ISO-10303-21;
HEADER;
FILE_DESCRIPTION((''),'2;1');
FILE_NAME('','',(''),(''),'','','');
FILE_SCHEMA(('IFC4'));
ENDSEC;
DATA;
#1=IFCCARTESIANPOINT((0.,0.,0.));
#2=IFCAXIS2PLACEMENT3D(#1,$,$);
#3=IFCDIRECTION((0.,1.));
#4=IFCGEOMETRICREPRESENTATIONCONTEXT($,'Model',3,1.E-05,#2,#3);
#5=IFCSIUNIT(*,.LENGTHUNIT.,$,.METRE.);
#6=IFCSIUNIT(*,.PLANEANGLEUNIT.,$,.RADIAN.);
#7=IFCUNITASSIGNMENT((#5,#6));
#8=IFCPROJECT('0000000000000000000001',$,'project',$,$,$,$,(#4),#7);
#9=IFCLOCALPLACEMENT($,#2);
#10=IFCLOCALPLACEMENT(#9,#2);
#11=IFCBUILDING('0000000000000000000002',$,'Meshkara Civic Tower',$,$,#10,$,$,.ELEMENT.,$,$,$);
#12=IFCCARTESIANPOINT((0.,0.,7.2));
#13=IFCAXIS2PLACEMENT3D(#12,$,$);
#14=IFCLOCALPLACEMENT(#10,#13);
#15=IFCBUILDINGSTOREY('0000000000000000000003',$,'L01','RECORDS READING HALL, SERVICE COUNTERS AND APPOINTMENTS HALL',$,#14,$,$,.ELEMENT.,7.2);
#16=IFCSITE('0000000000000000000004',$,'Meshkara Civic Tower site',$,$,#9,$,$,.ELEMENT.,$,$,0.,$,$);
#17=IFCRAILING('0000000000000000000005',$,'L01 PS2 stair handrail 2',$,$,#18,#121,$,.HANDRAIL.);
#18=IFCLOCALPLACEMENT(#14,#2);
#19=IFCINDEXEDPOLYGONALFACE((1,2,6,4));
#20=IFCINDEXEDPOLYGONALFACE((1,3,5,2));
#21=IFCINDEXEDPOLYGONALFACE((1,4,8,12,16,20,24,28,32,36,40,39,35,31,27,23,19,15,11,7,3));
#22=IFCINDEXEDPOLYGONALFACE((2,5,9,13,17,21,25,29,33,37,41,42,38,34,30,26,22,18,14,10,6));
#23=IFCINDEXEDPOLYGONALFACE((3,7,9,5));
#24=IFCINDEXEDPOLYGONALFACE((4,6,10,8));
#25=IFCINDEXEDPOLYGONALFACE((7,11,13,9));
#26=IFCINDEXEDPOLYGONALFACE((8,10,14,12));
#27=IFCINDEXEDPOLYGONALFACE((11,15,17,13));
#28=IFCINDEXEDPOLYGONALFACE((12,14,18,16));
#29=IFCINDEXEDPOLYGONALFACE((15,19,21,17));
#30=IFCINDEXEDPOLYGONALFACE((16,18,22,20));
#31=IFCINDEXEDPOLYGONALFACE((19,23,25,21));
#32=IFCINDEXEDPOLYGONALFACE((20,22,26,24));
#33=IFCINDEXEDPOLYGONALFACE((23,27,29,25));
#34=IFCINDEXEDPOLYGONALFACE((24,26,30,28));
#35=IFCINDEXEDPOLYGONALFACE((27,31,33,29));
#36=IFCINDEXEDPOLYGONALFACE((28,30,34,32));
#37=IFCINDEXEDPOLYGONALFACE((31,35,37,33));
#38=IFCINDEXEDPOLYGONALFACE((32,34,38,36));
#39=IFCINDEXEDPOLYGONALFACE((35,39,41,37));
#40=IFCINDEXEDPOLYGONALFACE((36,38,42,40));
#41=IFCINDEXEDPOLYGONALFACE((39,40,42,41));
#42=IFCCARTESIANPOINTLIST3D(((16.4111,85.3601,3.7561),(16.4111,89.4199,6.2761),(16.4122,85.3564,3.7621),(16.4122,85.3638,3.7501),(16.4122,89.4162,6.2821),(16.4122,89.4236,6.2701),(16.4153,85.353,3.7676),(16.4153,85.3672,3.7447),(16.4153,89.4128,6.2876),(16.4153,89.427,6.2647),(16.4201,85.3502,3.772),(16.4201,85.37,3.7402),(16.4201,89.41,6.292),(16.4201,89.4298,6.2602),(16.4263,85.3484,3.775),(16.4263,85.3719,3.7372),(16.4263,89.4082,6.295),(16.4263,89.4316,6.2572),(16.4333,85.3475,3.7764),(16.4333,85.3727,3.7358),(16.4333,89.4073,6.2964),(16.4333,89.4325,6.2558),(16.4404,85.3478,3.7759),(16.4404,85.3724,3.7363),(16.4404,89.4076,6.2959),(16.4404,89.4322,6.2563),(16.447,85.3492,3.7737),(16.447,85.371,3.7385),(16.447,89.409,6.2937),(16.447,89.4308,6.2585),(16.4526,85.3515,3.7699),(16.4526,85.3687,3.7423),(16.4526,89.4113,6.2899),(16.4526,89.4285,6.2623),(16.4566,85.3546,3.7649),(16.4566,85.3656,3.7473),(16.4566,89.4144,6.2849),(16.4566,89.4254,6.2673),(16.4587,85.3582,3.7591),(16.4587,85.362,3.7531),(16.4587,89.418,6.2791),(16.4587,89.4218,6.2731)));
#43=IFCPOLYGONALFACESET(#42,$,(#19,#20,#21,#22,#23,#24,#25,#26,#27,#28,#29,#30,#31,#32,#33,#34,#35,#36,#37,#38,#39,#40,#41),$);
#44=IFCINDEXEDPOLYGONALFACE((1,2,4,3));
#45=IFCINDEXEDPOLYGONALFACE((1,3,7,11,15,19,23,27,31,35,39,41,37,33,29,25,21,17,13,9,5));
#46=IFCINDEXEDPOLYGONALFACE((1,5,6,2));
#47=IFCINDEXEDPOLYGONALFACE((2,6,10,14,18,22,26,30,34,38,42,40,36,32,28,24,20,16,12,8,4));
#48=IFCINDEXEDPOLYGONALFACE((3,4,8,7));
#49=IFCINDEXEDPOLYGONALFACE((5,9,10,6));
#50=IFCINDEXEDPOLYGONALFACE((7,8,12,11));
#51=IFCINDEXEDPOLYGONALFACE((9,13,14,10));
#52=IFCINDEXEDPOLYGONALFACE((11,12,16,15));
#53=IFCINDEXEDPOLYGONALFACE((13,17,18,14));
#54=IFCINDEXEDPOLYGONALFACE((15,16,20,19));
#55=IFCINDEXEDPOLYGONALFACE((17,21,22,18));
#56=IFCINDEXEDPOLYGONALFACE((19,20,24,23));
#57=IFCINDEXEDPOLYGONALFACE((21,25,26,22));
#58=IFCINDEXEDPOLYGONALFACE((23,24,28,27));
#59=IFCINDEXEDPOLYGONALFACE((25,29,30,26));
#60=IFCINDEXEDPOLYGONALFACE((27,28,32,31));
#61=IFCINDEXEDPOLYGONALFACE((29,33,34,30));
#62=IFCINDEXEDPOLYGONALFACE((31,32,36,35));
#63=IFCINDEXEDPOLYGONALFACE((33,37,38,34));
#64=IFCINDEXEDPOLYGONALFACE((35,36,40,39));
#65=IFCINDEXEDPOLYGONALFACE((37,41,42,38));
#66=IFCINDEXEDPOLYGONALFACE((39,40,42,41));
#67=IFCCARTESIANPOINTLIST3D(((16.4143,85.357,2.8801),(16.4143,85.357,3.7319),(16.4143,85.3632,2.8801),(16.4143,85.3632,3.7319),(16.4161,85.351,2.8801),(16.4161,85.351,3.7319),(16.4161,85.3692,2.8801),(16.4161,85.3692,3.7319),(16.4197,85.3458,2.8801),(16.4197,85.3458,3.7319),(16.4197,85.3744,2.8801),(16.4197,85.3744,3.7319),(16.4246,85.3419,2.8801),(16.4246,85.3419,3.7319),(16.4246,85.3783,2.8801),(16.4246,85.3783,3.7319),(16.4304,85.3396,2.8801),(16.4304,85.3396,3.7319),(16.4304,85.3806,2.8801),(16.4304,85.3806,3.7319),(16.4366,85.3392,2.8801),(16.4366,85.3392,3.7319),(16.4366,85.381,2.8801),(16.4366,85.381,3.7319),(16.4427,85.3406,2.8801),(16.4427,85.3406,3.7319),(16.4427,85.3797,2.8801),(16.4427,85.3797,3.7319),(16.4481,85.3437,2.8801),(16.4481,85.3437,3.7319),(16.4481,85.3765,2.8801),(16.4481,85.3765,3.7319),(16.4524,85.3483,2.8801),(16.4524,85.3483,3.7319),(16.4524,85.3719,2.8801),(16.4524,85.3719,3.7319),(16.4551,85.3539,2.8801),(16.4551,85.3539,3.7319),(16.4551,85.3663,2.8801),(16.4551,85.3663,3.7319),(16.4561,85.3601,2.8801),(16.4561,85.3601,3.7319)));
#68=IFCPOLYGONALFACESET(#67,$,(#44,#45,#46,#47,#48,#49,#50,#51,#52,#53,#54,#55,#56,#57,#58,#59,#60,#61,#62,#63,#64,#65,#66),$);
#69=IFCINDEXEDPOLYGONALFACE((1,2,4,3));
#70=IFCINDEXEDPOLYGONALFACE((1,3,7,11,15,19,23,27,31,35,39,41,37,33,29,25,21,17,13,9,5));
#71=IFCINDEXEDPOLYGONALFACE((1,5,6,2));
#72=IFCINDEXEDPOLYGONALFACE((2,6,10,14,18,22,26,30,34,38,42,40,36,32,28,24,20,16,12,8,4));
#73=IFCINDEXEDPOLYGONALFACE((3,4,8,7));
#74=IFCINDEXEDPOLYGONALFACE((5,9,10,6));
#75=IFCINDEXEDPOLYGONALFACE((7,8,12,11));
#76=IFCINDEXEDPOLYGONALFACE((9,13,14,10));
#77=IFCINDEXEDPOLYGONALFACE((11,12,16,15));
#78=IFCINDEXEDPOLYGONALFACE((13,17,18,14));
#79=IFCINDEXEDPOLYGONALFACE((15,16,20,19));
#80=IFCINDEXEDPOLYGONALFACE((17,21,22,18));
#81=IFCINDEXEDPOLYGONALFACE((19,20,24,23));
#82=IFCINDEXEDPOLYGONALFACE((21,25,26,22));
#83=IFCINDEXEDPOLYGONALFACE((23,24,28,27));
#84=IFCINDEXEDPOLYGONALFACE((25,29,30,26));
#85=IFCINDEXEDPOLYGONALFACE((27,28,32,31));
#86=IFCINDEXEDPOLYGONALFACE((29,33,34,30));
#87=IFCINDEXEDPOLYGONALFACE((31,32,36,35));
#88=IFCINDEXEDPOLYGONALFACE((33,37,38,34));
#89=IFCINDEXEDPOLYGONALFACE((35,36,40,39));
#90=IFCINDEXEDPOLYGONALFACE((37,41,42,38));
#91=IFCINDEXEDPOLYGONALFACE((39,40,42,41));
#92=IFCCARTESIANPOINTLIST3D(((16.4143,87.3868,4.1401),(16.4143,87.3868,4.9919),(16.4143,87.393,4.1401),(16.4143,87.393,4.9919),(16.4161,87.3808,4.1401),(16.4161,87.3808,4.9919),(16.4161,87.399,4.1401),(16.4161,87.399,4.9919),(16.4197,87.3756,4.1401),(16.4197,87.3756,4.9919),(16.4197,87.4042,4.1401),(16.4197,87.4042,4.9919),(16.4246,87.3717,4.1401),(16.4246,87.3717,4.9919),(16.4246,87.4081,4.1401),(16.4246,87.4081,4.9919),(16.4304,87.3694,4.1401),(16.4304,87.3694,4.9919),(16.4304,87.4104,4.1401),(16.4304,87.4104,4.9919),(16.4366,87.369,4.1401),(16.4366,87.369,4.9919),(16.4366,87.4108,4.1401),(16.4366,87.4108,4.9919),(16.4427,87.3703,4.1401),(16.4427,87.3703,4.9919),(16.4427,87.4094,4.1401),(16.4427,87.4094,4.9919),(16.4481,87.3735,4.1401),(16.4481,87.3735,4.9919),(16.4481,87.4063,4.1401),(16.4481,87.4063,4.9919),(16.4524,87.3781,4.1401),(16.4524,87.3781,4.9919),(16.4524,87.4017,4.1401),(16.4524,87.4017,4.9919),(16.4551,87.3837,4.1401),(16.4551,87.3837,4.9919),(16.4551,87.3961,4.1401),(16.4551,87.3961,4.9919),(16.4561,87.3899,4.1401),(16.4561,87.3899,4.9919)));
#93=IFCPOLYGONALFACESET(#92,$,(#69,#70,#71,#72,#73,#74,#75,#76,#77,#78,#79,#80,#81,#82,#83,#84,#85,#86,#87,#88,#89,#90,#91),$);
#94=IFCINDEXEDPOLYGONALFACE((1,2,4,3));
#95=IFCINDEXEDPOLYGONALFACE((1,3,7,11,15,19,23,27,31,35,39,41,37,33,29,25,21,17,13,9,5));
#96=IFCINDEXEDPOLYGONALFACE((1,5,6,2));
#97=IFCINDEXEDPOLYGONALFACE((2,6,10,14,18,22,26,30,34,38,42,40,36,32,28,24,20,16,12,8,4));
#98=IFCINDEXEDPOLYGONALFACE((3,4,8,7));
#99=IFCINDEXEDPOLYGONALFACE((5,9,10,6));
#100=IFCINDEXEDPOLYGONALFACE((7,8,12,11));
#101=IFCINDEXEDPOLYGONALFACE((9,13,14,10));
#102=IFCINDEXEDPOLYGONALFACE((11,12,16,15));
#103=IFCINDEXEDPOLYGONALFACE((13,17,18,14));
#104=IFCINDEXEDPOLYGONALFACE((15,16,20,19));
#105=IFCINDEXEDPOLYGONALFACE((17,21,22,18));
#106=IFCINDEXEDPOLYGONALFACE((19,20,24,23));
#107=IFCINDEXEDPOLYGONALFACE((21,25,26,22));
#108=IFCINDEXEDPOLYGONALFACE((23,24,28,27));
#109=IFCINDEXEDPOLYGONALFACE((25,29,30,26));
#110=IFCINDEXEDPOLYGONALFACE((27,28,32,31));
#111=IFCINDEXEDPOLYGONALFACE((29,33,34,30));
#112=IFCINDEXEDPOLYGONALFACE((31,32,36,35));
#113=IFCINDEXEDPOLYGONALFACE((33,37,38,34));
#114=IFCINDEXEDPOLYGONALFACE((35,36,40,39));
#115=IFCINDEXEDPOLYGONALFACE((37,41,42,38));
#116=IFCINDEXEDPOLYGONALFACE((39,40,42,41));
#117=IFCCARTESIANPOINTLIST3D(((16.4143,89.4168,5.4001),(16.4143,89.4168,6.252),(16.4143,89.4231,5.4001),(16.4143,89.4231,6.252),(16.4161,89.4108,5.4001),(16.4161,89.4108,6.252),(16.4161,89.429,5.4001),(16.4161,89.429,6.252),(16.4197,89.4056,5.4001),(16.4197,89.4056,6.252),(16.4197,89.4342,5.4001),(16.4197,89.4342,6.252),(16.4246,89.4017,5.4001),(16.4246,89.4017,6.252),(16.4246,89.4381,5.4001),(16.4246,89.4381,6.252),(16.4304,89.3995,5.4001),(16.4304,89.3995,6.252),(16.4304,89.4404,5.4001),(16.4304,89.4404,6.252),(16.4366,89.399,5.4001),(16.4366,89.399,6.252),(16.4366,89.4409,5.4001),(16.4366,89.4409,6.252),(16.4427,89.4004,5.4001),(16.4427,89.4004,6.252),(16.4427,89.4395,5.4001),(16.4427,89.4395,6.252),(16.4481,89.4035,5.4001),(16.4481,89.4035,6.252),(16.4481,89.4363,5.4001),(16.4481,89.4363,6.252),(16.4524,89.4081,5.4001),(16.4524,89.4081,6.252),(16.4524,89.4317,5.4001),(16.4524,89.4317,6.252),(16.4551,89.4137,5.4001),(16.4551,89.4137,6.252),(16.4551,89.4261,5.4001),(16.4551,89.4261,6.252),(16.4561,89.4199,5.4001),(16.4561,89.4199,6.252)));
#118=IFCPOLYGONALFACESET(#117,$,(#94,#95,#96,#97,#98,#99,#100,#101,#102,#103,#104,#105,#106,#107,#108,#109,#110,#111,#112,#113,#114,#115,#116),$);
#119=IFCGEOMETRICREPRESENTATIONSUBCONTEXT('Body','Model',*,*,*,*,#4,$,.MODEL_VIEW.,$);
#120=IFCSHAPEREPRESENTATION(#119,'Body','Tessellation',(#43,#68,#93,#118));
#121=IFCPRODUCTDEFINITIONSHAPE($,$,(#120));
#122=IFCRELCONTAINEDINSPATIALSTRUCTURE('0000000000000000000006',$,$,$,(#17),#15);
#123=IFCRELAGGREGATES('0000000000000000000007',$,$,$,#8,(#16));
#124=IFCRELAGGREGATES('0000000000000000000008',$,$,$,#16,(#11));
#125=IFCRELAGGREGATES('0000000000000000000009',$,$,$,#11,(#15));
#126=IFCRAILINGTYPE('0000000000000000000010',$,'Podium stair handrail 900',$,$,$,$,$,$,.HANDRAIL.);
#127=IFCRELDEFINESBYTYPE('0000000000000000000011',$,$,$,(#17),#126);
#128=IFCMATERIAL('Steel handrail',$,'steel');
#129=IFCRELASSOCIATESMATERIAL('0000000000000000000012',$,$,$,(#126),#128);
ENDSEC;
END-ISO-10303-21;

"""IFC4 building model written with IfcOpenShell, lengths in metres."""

from ifc_helpers import new_model, si_unit, direction, frame, origin, origin_2d, place, context, subcontext, project, spatial, circle, extrude, material, type_object, element, save


model = new_model("IFC4")

# Units and contexts
model_context = context("Model", 3, precision=1e-05, world=origin(), true_north=direction((0.0, 1.0)))
body_context = subcontext(model_context, "Body", "Model", "MODEL_VIEW")
ifc_project = project(units=[si_unit("LENGTHUNIT", "METRE"), si_unit("PLANEANGLEUNIT", "RADIAN")], contexts=[model_context])

# Site, building, storey
site_placement = place(None, origin())
site = spatial("IfcSite", under=ifc_project, at=site_placement, Name="Meshkara Civic Tower site", CompositionType="ELEMENT", RefElevation=0.0)
building_placement = place(site_placement, origin())
building = spatial("IfcBuilding", under=site, at=building_placement, Name="Meshkara Civic Tower", CompositionType="ELEMENT")
storey_placement = place(building_placement, frame((0.0, 0.0, 7.2)))
storey = spatial("IfcBuildingStorey", under=building, at=storey_placement, Name="L01", Description="RECORDS READING HALL, SERVICE COUNTERS AND APPOINTMENTS HALL", CompositionType="ELEMENT", Elevation=7.2)

# Railing
ifc_material_1 = material(Name="Steel handrail", Category="steel")
railing_type_1 = type_object("IfcRailingType", Name="Podium stair handrail 900", PredefinedType="HANDRAIL", material=ifc_material_1)
railing_1_placement = place(storey_placement, frame((16.4351, 85.3601, 2.8801)))
element("IfcRailing", 1, at=railing_1_placement, inside=storey, type_object=railing_type_1, Name="L01 PS2 stair handrail 2", PredefinedType="HANDRAIL", context=body_context, shape_type="SweptSolid", body=[
    extrude(circle(Radius=0.0239, at=origin_2d()), frame((0.0, 0.0, 0.876), z_axis=(0.0, 0.849628, 0.527383), x_axis=(-1.0, 0.0, 0.0)), (0.0, 0.0, 1.0), 4.7783),
    extrude(circle(Radius=0.021, at=origin_2d()), origin(), (0.0, 0.0, 1.0), 0.8518),
    extrude(circle(Radius=0.021, at=origin_2d()), frame((0.0, 2.0298, 1.26)), (0.0, 0.0, 1.0), 0.8518),
    extrude(circle(Radius=0.021, at=origin_2d()), frame((0.0, 4.0598, 2.52)), (0.0, 0.0, 1.0), 0.8518),
])

save(model, "model.ifc")
